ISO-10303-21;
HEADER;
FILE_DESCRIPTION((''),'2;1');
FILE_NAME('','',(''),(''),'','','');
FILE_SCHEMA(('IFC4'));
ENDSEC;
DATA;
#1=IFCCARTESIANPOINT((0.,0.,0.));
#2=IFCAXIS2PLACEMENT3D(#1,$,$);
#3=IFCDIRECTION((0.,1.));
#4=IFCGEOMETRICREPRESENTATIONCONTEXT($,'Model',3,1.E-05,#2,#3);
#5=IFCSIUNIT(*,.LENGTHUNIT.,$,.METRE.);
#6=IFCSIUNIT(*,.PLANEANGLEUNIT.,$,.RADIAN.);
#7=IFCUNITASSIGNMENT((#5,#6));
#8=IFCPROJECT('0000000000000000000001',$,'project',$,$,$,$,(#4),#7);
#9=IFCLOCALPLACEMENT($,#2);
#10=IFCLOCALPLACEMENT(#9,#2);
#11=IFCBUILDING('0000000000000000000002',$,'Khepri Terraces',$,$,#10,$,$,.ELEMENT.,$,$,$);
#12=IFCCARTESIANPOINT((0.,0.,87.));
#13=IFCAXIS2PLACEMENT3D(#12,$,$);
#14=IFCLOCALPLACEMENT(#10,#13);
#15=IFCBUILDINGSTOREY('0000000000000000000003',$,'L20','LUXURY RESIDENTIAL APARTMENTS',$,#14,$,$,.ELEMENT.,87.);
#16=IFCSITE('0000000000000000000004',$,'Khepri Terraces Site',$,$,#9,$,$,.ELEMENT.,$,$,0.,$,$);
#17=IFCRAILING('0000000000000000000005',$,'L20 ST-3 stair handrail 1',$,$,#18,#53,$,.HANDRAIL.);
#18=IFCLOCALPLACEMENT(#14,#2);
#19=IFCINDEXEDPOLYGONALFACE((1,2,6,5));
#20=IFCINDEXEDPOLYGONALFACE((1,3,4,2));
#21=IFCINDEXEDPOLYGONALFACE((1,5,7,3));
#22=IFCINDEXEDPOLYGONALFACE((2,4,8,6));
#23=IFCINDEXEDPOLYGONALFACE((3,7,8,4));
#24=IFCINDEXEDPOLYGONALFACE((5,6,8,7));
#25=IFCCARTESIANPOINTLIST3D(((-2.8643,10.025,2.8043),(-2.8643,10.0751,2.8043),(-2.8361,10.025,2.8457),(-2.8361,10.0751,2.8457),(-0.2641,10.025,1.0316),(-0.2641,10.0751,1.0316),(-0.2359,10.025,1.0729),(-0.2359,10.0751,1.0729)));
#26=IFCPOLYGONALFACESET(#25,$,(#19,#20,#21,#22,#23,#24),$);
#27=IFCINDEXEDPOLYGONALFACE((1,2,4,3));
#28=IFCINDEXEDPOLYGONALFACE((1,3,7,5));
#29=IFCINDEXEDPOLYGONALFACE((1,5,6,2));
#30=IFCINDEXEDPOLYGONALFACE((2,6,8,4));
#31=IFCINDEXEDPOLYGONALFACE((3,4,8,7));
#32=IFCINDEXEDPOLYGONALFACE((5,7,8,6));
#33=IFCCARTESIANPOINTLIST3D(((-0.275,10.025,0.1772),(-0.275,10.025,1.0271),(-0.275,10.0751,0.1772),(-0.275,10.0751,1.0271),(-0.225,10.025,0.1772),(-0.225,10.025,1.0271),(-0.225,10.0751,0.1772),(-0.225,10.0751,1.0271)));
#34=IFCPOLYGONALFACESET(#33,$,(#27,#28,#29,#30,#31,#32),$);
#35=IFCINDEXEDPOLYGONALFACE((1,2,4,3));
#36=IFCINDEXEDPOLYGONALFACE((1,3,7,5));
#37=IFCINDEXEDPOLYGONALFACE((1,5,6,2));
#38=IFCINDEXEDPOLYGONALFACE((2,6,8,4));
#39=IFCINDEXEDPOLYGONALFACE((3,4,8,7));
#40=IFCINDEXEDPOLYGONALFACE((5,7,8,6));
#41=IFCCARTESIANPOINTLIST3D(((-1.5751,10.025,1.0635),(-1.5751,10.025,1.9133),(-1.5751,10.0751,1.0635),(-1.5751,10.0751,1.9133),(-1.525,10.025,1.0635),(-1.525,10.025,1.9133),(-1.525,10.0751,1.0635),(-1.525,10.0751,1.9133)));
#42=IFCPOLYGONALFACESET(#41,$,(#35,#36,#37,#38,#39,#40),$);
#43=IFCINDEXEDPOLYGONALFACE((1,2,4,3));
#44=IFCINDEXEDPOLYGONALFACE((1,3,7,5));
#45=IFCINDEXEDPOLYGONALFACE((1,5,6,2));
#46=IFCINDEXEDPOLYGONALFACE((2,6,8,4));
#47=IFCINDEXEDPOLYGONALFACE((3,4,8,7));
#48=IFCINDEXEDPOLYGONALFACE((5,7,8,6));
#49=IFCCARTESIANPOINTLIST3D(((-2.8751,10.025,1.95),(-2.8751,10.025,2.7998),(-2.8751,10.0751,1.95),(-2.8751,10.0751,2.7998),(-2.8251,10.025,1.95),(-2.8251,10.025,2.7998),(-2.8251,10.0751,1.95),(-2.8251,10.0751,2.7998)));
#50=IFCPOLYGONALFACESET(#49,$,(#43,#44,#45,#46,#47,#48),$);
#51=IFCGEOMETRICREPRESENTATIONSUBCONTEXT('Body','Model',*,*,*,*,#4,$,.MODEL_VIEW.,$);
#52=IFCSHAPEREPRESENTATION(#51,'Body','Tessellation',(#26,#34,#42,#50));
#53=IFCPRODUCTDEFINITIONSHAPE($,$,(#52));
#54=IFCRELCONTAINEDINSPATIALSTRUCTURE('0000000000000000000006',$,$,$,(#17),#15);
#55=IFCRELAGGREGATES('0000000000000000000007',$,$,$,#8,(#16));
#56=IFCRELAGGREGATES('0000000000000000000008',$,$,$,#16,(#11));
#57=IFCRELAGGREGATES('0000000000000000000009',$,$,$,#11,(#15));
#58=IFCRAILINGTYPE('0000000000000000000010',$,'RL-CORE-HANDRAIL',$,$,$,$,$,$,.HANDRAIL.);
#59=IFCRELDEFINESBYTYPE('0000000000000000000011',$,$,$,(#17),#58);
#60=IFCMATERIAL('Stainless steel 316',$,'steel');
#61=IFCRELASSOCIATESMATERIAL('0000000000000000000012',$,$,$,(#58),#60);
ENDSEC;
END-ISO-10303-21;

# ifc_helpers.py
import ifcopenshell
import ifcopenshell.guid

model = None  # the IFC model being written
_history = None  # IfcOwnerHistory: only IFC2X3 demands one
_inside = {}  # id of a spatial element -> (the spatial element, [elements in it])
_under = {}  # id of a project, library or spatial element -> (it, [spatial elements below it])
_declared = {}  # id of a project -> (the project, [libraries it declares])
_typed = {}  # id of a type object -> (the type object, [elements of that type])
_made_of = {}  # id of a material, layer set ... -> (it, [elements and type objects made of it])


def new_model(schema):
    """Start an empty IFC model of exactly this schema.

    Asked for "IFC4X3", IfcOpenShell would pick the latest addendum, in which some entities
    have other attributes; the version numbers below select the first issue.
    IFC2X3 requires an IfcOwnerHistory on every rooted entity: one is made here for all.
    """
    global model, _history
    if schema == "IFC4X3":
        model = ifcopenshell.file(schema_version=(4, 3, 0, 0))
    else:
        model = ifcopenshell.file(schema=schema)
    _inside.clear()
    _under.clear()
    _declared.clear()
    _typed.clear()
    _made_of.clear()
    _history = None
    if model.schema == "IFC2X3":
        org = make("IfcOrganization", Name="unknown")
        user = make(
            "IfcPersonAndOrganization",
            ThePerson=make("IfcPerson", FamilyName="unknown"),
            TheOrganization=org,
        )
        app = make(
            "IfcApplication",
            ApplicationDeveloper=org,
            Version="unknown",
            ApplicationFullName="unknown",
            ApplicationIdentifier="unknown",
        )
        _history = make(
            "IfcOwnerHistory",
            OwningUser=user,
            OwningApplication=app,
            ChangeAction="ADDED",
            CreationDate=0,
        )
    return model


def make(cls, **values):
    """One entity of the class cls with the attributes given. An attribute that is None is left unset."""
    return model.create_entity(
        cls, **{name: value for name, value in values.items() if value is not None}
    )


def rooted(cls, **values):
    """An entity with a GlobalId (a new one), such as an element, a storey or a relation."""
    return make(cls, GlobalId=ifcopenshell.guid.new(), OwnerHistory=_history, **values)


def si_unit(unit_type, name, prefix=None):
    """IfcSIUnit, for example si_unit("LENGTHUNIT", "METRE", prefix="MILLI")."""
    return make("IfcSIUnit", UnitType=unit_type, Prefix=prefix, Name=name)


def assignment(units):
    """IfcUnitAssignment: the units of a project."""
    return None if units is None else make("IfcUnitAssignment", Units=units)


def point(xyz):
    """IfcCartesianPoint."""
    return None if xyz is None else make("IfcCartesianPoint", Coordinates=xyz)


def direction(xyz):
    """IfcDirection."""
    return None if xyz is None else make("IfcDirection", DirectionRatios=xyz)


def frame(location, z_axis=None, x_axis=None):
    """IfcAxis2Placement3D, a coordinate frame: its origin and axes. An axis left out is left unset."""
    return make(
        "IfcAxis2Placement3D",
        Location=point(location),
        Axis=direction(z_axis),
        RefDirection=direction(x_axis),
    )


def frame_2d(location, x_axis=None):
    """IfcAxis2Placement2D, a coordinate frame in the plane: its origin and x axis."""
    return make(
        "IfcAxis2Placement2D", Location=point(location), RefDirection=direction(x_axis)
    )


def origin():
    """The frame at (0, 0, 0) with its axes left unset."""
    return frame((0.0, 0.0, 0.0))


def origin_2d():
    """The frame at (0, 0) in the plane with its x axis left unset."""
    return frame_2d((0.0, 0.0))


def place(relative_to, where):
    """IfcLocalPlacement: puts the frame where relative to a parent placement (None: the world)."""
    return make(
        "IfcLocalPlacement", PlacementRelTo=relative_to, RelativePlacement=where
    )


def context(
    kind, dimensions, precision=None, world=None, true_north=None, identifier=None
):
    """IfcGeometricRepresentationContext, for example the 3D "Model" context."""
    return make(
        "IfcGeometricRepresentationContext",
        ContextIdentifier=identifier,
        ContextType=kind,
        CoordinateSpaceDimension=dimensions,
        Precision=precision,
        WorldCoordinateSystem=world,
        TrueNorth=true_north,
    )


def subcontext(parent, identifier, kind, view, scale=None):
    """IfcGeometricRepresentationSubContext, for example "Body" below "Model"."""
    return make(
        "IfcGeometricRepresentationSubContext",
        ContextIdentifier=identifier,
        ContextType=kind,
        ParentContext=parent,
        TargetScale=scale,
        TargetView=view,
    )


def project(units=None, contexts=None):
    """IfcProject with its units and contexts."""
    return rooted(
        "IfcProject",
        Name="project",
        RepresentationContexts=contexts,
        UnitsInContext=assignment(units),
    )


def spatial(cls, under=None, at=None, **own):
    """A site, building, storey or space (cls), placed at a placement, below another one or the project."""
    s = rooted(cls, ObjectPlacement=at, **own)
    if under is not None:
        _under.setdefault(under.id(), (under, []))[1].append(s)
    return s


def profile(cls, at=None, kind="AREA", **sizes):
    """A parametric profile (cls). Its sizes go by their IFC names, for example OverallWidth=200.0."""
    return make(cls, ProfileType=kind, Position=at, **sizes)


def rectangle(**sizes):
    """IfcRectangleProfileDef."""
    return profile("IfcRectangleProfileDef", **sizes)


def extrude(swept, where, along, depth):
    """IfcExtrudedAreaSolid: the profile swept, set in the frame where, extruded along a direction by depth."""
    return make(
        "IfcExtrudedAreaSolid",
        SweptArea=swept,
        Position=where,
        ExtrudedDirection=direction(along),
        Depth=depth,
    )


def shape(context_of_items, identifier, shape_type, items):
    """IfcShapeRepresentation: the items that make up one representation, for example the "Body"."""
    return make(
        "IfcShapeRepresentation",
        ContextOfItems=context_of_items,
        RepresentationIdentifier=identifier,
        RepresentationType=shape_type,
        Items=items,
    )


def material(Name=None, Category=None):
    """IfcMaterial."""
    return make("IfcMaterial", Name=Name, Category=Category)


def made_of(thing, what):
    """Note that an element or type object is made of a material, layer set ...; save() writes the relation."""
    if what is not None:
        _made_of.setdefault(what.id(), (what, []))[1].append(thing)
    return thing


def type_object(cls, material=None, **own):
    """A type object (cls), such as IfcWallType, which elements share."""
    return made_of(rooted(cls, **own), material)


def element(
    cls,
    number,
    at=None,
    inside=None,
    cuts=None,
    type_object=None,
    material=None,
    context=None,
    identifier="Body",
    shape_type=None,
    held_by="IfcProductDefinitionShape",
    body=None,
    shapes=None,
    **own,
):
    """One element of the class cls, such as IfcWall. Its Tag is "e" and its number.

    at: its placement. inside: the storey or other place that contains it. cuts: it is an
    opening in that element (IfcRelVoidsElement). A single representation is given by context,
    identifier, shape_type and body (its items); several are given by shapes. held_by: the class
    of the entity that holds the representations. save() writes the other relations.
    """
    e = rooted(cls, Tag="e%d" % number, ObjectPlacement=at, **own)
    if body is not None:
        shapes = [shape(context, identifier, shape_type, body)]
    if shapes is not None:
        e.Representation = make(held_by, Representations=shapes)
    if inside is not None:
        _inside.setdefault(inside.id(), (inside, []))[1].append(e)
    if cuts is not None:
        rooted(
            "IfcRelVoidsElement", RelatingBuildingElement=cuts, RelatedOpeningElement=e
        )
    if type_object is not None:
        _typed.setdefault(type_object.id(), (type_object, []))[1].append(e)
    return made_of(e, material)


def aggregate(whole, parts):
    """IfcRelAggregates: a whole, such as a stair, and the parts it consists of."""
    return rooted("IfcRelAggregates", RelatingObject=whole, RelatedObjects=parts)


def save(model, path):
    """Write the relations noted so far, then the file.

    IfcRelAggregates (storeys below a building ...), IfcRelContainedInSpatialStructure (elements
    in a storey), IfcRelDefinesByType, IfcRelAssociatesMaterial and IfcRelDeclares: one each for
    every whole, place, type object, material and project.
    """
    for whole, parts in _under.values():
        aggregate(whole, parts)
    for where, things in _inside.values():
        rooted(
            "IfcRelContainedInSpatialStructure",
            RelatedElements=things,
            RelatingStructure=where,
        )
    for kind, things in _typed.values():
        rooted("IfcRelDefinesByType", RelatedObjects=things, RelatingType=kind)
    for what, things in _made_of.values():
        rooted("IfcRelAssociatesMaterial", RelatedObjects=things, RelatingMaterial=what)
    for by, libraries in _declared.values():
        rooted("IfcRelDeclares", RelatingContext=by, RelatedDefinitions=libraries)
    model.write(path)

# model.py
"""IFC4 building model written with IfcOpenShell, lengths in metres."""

from ifc_helpers import new_model, si_unit, direction, frame, origin, origin_2d, place, context, subcontext, project, spatial, rectangle, extrude, material, type_object, element, save


model = new_model("IFC4")

# Units and contexts
model_context = context("Model", 3, precision=1e-05, world=origin(), true_north=direction((0.0, 1.0)))
body_context = subcontext(model_context, "Body", "Model", "MODEL_VIEW")
ifc_project = project(units=[si_unit("LENGTHUNIT", "METRE"), si_unit("PLANEANGLEUNIT", "RADIAN")], contexts=[model_context])

# Site, building, storey
site_placement = place(None, origin())
site = spatial("IfcSite", under=ifc_project, at=site_placement, Name="Khepri Terraces Site", CompositionType="ELEMENT", RefElevation=0.0)
building_placement = place(site_placement, origin())
building = spatial("IfcBuilding", under=site, at=building_placement, Name="Khepri Terraces", CompositionType="ELEMENT")
storey_placement = place(building_placement, frame((0.0, 0.0, 87.0)))
storey = spatial("IfcBuildingStorey", under=building, at=storey_placement, Name="L20", Description="LUXURY RESIDENTIAL APARTMENTS", CompositionType="ELEMENT", Elevation=87.0)

# Railing
ifc_material_1 = material(Name="Stainless steel 316", Category="steel")
railing_type = type_object("IfcRailingType", Name="RL-CORE-HANDRAIL", PredefinedType="HANDRAIL", material=ifc_material_1)
railing_placement = place(storey_placement, frame((-0.25, 10.05, 0.1772)))
element("IfcRailing", 1, at=railing_placement, inside=storey, type_object=railing_type, Name="L20 ST-3 stair handrail 1", PredefinedType="HANDRAIL", context=body_context, shape_type="SweptSolid", body=[
    extrude(rectangle(XDim=0.05, YDim=0.05, at=origin_2d()), frame((0.0, 0.0, 0.875), z_axis=(-0.82624, 0.0, 0.563318), x_axis=(0.0, -1.0, 0.0)), (0.0, 0.0, 1.0), 3.147),
    extrude(rectangle(XDim=0.05, YDim=0.05, at=origin_2d()), origin(), (0.0, 0.0, 1.0), 0.8499),
    extrude(rectangle(XDim=0.05, YDim=0.05, at=origin_2d()), frame((-1.3, 0.0, 0.8862)), (0.0, 0.0, 1.0), 0.8499),
    extrude(rectangle(XDim=0.05, YDim=0.05, at=origin_2d()), frame((-2.6001, 0.0, 1.7727)), (0.0, 0.0, 1.0), 0.8499),
])

save(model, "model.ifc")
